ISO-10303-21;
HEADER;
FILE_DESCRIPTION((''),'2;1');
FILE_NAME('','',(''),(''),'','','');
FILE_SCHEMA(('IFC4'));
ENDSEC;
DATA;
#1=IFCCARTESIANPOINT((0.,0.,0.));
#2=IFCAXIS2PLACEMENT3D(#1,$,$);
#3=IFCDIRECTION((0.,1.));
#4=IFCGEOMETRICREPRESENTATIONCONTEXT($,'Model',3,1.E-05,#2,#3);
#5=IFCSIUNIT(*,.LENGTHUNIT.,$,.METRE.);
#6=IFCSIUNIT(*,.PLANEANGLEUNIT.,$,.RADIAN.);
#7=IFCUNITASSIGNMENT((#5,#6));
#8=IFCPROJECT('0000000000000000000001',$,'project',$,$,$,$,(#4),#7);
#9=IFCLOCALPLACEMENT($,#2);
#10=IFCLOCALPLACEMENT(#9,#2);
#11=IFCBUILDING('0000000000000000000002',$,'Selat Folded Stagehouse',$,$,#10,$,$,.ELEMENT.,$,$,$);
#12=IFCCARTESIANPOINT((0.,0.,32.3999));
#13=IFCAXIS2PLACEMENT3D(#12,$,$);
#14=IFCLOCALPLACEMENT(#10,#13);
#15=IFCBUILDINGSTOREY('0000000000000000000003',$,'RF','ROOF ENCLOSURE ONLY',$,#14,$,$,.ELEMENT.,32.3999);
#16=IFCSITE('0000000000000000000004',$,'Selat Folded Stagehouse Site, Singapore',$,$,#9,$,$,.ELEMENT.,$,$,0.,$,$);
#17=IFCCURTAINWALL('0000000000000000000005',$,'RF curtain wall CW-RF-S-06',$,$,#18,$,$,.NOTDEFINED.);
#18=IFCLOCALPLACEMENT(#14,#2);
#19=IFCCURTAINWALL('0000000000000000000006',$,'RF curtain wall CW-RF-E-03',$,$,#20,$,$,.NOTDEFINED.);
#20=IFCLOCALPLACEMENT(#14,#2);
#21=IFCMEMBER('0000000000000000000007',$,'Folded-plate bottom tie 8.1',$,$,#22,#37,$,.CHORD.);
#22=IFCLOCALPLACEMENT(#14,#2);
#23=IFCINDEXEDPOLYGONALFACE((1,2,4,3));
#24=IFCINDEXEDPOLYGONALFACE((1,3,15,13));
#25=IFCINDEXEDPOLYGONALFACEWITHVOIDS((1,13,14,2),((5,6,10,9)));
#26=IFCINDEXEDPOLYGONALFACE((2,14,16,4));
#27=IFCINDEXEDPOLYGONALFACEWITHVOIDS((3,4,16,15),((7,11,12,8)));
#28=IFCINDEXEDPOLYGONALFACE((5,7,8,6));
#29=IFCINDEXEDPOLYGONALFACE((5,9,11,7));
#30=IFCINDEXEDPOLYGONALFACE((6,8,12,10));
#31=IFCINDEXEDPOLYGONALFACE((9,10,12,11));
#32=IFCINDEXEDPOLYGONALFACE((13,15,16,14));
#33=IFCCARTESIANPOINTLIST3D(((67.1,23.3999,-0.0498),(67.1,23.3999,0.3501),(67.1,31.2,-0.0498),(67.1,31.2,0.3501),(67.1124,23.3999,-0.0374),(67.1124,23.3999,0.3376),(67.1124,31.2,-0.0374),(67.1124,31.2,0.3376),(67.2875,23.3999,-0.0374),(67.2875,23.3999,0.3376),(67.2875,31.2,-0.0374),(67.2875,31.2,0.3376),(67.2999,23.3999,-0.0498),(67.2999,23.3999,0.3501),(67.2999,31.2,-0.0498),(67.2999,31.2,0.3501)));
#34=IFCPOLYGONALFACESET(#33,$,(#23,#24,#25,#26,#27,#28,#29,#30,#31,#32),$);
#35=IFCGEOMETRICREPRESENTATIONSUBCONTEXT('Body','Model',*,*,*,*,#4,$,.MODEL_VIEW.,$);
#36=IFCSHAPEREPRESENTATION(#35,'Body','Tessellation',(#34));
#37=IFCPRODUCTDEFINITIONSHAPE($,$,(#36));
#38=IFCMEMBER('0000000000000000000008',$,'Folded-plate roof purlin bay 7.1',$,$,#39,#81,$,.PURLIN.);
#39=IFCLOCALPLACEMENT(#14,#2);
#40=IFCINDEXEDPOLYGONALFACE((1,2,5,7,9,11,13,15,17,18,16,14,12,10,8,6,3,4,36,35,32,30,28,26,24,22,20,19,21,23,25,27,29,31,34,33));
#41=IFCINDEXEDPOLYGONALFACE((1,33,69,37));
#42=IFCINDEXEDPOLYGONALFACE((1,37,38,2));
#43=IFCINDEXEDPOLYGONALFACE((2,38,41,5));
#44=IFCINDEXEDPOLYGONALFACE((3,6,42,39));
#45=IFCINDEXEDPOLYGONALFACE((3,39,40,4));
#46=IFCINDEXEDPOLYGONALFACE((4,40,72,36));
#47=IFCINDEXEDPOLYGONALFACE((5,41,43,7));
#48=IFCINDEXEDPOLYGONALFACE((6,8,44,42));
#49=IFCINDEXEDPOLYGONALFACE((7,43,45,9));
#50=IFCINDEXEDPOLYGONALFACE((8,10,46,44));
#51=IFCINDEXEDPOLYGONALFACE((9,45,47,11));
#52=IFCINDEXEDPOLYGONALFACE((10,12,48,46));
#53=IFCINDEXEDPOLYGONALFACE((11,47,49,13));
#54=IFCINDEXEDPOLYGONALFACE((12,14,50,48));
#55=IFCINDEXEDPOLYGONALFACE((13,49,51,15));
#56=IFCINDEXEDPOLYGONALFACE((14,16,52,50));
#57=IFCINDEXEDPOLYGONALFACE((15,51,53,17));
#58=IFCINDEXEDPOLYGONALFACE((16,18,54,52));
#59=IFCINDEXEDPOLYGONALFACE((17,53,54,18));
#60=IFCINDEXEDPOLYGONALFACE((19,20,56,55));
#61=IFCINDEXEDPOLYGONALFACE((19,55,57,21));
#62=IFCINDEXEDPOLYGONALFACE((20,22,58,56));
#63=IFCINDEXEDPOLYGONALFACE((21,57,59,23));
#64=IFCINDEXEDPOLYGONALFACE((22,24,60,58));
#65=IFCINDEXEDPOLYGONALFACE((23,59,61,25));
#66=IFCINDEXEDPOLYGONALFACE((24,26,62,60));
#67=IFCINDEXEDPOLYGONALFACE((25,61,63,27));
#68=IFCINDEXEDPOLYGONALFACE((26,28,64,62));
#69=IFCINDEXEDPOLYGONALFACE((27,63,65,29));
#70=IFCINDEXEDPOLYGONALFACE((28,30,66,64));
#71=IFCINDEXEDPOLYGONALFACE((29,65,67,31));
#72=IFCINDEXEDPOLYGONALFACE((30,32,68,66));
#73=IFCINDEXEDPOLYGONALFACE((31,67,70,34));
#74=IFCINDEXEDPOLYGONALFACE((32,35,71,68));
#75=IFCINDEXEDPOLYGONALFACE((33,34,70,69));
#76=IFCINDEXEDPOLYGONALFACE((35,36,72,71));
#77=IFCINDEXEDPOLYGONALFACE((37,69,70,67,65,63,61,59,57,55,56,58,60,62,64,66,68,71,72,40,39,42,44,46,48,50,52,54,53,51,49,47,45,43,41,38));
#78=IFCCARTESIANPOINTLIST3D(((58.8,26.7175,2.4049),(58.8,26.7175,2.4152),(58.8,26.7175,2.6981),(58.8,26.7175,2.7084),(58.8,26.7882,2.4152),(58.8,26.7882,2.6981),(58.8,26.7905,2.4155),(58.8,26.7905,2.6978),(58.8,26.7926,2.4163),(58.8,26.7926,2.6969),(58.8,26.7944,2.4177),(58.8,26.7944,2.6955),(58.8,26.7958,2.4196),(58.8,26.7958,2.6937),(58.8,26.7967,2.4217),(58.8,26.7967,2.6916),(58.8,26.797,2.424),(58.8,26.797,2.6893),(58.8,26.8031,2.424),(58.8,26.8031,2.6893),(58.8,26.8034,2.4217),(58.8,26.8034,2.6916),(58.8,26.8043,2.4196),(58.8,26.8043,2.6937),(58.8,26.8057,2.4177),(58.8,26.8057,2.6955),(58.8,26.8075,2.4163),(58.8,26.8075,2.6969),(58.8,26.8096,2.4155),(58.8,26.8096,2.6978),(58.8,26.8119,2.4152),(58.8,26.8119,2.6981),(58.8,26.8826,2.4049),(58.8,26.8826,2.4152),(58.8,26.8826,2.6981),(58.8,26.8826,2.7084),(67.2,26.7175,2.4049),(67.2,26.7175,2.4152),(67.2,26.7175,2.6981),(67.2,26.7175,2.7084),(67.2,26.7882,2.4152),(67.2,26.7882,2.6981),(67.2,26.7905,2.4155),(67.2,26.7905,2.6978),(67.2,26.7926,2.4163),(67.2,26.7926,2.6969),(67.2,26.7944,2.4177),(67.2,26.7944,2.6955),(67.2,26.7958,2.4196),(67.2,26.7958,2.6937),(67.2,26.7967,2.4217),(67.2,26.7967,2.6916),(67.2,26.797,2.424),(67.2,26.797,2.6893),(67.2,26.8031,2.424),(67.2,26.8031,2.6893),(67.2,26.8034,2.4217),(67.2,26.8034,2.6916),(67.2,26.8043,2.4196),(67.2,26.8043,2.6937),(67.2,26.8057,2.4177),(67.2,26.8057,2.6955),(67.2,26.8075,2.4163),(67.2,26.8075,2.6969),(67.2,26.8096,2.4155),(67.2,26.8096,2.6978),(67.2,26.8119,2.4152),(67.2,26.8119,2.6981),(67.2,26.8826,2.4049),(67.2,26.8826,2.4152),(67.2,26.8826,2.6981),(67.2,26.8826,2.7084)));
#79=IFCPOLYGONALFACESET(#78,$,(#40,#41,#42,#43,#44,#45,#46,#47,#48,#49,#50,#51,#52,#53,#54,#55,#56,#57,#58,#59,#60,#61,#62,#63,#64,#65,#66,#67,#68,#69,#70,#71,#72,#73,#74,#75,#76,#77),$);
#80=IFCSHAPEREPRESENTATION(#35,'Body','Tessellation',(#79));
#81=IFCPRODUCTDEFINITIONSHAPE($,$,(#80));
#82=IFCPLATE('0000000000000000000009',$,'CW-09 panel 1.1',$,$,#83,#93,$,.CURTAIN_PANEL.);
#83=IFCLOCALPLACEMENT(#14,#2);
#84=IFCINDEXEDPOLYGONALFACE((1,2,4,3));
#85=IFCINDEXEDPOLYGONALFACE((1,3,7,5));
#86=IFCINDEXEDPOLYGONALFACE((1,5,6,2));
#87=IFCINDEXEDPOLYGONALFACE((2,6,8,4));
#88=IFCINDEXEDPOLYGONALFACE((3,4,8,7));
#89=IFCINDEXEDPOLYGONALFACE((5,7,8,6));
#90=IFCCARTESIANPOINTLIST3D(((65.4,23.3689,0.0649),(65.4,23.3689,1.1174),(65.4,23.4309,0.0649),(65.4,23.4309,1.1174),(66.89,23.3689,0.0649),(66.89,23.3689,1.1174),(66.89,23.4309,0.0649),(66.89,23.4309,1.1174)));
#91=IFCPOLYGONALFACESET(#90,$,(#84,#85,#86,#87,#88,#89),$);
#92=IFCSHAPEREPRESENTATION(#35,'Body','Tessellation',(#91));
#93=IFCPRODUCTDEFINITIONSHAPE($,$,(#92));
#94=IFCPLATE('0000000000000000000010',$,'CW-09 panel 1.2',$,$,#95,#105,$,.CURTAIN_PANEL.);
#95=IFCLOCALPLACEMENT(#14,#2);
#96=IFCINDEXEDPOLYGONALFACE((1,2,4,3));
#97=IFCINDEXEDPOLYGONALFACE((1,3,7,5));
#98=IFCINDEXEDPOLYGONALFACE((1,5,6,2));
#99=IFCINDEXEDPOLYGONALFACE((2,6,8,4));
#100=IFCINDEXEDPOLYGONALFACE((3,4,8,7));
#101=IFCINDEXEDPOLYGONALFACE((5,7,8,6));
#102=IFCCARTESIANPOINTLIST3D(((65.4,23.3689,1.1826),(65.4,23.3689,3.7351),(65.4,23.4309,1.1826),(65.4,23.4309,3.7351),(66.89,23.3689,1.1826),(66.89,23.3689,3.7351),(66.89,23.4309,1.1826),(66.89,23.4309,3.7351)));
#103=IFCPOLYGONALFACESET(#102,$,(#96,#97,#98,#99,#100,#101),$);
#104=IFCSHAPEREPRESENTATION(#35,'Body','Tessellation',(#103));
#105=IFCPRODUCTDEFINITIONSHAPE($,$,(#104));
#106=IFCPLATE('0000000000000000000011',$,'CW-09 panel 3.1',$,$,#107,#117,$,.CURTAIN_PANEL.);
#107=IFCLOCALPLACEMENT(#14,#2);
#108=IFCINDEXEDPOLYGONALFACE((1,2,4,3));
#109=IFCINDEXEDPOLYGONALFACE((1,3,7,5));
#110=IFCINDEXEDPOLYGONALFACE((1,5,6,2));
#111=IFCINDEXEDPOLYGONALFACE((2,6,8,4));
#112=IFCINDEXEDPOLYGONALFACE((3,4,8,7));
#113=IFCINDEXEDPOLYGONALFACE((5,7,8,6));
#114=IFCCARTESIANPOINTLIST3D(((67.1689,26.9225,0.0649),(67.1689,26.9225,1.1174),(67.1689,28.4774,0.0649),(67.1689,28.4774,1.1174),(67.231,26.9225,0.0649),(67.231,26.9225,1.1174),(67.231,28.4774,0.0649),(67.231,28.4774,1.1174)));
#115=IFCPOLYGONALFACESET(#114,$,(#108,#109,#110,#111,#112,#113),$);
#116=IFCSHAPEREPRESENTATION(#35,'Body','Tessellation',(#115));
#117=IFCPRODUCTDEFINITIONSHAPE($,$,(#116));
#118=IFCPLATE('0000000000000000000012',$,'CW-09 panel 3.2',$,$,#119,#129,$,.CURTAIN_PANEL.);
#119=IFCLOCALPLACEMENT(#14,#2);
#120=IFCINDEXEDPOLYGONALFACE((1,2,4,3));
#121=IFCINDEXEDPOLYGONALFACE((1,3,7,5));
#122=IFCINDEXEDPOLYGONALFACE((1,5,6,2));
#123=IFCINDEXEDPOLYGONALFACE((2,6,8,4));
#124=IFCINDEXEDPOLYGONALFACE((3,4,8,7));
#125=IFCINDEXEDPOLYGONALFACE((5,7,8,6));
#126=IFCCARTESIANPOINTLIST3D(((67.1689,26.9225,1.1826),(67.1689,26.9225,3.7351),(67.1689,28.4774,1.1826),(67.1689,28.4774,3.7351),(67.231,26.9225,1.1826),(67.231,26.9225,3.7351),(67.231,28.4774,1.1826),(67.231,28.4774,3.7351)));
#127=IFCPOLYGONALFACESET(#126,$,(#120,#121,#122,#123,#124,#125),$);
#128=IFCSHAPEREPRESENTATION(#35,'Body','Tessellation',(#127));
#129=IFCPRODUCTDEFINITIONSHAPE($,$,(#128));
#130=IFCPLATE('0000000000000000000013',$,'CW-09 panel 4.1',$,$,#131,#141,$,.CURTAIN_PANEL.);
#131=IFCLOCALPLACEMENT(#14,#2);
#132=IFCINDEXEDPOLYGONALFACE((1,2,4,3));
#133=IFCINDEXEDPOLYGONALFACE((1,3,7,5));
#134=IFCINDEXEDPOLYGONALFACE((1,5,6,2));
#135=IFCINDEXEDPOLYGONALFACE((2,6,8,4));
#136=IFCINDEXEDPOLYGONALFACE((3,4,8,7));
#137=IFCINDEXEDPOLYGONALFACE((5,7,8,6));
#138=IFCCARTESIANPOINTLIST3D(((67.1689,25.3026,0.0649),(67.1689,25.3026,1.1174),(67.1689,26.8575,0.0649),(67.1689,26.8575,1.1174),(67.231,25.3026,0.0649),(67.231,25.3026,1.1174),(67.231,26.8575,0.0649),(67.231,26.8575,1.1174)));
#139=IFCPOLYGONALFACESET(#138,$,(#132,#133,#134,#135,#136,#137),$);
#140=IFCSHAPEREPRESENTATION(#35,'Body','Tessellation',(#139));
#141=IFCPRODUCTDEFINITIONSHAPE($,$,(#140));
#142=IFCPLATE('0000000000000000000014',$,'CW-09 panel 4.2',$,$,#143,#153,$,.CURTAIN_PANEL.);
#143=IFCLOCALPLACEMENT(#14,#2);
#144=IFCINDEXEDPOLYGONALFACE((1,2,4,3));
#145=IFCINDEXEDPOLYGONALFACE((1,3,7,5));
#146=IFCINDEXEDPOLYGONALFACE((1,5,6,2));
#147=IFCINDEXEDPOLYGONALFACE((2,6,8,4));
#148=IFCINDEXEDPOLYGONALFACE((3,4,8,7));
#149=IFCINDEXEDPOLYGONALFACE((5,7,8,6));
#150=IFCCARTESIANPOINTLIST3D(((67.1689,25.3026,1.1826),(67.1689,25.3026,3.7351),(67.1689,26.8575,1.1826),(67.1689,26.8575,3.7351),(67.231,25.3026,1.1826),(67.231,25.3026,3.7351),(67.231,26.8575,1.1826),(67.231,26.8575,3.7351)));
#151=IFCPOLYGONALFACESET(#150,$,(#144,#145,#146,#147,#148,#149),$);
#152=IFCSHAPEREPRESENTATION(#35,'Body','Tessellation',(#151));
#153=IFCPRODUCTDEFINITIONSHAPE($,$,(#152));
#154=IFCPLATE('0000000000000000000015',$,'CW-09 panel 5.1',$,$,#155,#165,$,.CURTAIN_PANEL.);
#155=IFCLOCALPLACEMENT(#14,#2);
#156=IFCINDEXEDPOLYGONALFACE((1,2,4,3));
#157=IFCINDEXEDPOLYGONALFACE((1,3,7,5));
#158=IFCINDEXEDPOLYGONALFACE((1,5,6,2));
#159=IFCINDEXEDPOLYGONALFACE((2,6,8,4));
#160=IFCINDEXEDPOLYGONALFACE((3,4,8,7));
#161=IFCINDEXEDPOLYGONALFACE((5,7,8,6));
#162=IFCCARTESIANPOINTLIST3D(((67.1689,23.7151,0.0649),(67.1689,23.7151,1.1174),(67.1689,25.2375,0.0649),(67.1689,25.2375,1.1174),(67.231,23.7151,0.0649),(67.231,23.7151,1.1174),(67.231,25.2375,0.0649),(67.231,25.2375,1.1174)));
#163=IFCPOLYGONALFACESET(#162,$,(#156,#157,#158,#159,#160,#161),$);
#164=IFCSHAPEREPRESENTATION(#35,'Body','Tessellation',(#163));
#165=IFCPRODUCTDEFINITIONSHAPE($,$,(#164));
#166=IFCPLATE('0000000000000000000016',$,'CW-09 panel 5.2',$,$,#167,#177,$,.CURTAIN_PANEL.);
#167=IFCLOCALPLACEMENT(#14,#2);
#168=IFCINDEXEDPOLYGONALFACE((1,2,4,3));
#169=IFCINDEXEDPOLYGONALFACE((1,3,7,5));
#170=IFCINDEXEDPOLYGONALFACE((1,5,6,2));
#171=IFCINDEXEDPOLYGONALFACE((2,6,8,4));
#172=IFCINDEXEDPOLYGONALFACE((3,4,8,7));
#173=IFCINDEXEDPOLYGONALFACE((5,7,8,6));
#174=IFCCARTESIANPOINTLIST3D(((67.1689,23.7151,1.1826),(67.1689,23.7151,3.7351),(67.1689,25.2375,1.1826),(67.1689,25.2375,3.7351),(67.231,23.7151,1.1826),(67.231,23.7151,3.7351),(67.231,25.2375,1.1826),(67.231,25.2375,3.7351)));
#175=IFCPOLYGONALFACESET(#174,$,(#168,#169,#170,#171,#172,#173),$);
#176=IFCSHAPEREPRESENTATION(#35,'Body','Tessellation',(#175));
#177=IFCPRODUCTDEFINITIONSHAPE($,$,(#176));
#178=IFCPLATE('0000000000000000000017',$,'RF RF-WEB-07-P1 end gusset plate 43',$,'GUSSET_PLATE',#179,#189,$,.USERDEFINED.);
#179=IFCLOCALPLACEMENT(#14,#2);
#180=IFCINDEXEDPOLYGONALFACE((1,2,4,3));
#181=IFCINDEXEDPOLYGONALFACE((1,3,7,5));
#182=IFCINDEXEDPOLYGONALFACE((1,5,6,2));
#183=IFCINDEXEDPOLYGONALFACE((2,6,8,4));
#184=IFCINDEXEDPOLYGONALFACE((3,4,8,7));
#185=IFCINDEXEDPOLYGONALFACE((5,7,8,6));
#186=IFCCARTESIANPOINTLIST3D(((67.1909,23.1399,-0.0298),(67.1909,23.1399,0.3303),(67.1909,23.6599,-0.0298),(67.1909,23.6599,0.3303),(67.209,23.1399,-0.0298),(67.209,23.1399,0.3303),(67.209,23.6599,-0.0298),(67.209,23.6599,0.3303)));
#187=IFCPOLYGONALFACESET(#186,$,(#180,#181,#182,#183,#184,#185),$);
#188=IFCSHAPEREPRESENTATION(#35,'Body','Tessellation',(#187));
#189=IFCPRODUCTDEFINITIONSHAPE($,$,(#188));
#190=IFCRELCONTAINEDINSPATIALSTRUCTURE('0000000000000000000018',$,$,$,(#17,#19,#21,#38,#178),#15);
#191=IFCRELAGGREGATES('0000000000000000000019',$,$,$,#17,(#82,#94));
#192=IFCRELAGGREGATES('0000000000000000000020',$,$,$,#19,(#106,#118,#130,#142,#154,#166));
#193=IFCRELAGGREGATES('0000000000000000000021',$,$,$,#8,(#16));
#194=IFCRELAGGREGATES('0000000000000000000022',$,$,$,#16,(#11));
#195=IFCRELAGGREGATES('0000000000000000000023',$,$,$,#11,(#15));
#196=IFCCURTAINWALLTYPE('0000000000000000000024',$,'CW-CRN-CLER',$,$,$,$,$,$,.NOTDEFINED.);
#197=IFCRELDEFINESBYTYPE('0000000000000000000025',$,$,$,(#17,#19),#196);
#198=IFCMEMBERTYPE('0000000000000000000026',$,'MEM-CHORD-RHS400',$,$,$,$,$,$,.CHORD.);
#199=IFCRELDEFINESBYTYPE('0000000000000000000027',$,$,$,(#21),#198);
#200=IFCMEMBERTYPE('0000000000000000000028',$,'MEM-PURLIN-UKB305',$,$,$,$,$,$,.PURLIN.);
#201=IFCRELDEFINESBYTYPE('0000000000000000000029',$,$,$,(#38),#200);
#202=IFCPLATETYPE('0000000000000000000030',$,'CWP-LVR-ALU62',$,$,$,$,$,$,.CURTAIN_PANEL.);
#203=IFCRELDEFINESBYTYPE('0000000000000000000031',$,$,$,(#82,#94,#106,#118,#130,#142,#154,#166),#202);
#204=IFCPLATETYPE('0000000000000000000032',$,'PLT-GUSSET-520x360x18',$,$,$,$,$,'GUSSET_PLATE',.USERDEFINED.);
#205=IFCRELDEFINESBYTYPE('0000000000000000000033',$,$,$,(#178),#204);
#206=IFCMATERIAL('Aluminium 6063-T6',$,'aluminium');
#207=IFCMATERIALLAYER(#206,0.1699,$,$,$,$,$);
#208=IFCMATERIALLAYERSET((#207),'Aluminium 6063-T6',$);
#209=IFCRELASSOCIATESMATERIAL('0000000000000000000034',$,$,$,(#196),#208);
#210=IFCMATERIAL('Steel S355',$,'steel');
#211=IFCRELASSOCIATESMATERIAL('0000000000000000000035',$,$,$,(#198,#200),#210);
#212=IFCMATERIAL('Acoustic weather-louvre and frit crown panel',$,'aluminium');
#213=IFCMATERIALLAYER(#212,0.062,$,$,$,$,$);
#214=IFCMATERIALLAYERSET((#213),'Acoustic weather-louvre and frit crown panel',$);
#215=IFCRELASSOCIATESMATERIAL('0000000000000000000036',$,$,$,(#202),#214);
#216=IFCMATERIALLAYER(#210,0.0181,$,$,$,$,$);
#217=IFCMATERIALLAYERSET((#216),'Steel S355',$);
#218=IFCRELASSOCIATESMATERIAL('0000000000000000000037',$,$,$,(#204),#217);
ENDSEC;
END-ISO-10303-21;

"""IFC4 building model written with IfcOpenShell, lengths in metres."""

from ifc_helpers import new_model, si_unit, direction, frame, origin, origin_2d, place, context, subcontext, project, spatial, rectangle, hollow_rectangle, i_section, extrude, material, layer, layer_set, material_profile, profile_set, type_object, element, aggregate, save


model = new_model("IFC4")

# Units and contexts
model_context = context("Model", 3, precision=1e-05, world=origin(), true_north=direction((0.0, 1.0)))
body_context = subcontext(model_context, "Body", "Model", "MODEL_VIEW")
ifc_project = project(units=[si_unit("LENGTHUNIT", "METRE"), si_unit("PLANEANGLEUNIT", "RADIAN")], contexts=[model_context])

# Site, building, storey
site_placement = place(None, origin())
site = spatial("IfcSite", under=ifc_project, at=site_placement, Name="Selat Folded Stagehouse Site, Singapore", CompositionType="ELEMENT", RefElevation=0.0)
building_placement = place(site_placement, origin())
building = spatial("IfcBuilding", under=site, at=building_placement, Name="Selat Folded Stagehouse", CompositionType="ELEMENT")
storey_placement = place(building_placement, frame((0.0, 0.0, 32.3999)))
storey = spatial("IfcBuildingStorey", under=building, at=storey_placement, Name="RF", Description="ROOF ENCLOSURE ONLY", CompositionType="ELEMENT", Elevation=32.3999)

# Shared definitions
ifc_material_1 = material(Name="Steel S355", Category="steel")

# Curtain walls
ifc_material_2 = material(Name="Aluminium 6063-T6", Category="aluminium")
ifc_layer_1 = layer(ifc_material_2, 0.1699)
ifc_layer_set_1 = layer_set([ifc_layer_1], Name="Aluminium 6063-T6")
curtain_wall_type = type_object("IfcCurtainWallType", Name="CW-CRN-CLER", PredefinedType="NOTDEFINED", material=ifc_layer_set_1)
curtain_wall_1_placement = place(storey_placement, origin())
curtain_wall_1 = element("IfcCurtainWall", 1, at=curtain_wall_1_placement, inside=storey, type_object=curtain_wall_type, Name="RF curtain wall CW-RF-S-06", PredefinedType="NOTDEFINED")
curtain_wall_2_placement = place(storey_placement, origin())
curtain_wall_2 = element("IfcCurtainWall", 2, at=curtain_wall_2_placement, inside=storey, type_object=curtain_wall_type, Name="RF curtain wall CW-RF-E-03", PredefinedType="NOTDEFINED")

# Members
ifc_material_profile_1 = material_profile(ifc_material_1, hollow_rectangle(XDim=0.2, YDim=0.3999, WallThickness=0.0125, at=origin_2d()), Name="RHS 400x200x12.5")
ifc_profile_set_1 = profile_set([ifc_material_profile_1], Name="Steel S355")
member_type_1 = type_object("IfcMemberType", Name="MEM-CHORD-RHS400", PredefinedType="CHORD", material=ifc_profile_set_1)
member_1_placement = place(storey_placement, frame((67.2, 23.3999, 0.1501), z_axis=(0.0, 1.0, 0.0), x_axis=(-1.0, 0.0, 0.0)))
element("IfcMember", 3, at=member_1_placement, inside=storey, type_object=member_type_1, Name="Folded-plate bottom tie 8.1", PredefinedType="CHORD", context=body_context, shape_type="SweptSolid", body=[
    extrude(hollow_rectangle(XDim=0.2, YDim=0.3999, WallThickness=0.0125, at=origin_2d()), origin(), (0.0, 0.0, 1.0), 7.8),
])
ifc_material_profile_2 = material_profile(ifc_material_1, i_section(OverallWidth=0.165, OverallDepth=0.3035, WebThickness=0.0061, FlangeThickness=0.0103, FilletRadius=0.0088, at=origin_2d()), Name="UKB 305x165x40")
ifc_profile_set_2 = profile_set([ifc_material_profile_2], Name="Steel S355")
member_type_2 = type_object("IfcMemberType", Name="MEM-PURLIN-UKB305", PredefinedType="PURLIN", material=ifc_profile_set_2)
member_2_placement = place(storey_placement, frame((58.8, 26.8, 2.5566), z_axis=(1.0, 0.0, 0.0), x_axis=(0.0, 1.0, 0.0)))
element("IfcMember", 4, at=member_2_placement, inside=storey, type_object=member_type_2, Name="Folded-plate roof purlin bay 7.1", PredefinedType="PURLIN", context=body_context, shape_type="SweptSolid", body=[
    extrude(i_section(OverallWidth=0.165, OverallDepth=0.3035, WebThickness=0.0061, FlangeThickness=0.0103, FilletRadius=0.0088, at=origin_2d()), origin(), (0.0, 0.0, 1.0), 8.3999),
])

# Plates
ifc_material_3 = material(Name="Acoustic weather-louvre and frit crown panel", Category="aluminium")
ifc_layer_2 = layer(ifc_material_3, 0.062)
ifc_layer_set_2 = layer_set([ifc_layer_2], Name="Acoustic weather-louvre and frit crown panel")
plate_type_1 = type_object("IfcPlateType", Name="CWP-LVR-ALU62", PredefinedType="CURTAIN_PANEL", material=ifc_layer_set_2)
plate_1_placement = place(storey_placement, frame((66.145, 23.3999, 0.0649), z_axis=(0.0, 0.0, 1.0), x_axis=(-1.0, 0.0, 0.0)))
plate_1 = element("IfcPlate", 5, at=plate_1_placement, type_object=plate_type_1, Name="CW-09 panel 1.1", PredefinedType="CURTAIN_PANEL", context=body_context, shape_type="SweptSolid", body=[
    extrude(rectangle(XDim=1.49, YDim=0.062, at=origin_2d()), origin(), (0.0, 0.0, 1.0), 1.0525),
])
plate_2_placement = place(storey_placement, frame((66.145, 23.3999, 1.1826), z_axis=(0.0, 0.0, 1.0), x_axis=(-1.0, 0.0, 0.0)))
plate_2 = element("IfcPlate", 6, at=plate_2_placement, type_object=plate_type_1, Name="CW-09 panel 1.2", PredefinedType="CURTAIN_PANEL", context=body_context, shape_type="SweptSolid", body=[
    extrude(rectangle(XDim=1.49, YDim=0.062, at=origin_2d()), origin(), (0.0, 0.0, 1.0), 2.5525),
])
aggregate(curtain_wall_1, [plate_1, plate_2])
plate_3_placement = place(storey_placement, frame((67.2, 27.7, 0.0649), z_axis=(0.0, 0.0, 1.0), x_axis=(0.0, -1.0, 0.0)))
plate_3 = element("IfcPlate", 7, at=plate_3_placement, type_object=plate_type_1, Name="CW-09 panel 3.1", PredefinedType="CURTAIN_PANEL", context=body_context, shape_type="SweptSolid", body=[
    extrude(rectangle(XDim=1.5549, YDim=0.062, at=origin_2d()), origin(), (0.0, 0.0, 1.0), 1.0525),
])
plate_4_placement = place(storey_placement, frame((67.2, 27.7, 1.1826), z_axis=(0.0, 0.0, 1.0), x_axis=(0.0, -1.0, 0.0)))
plate_4 = element("IfcPlate", 8, at=plate_4_placement, type_object=plate_type_1, Name="CW-09 panel 3.2", PredefinedType="CURTAIN_PANEL", context=body_context, shape_type="SweptSolid", body=[
    extrude(rectangle(XDim=1.5549, YDim=0.062, at=origin_2d()), origin(), (0.0, 0.0, 1.0), 2.5525),
])
plate_5_placement = place(storey_placement, frame((67.2, 26.0801, 0.0649), z_axis=(0.0, 0.0, 1.0), x_axis=(0.0, -1.0, 0.0)))
plate_5 = element("IfcPlate", 9, at=plate_5_placement, type_object=plate_type_1, Name="CW-09 panel 4.1", PredefinedType="CURTAIN_PANEL", context=body_context, shape_type="SweptSolid", body=[
    extrude(rectangle(XDim=1.5549, YDim=0.062, at=origin_2d()), origin(), (0.0, 0.0, 1.0), 1.0525),
])
plate_6_placement = place(storey_placement, frame((67.2, 26.0801, 1.1826), z_axis=(0.0, 0.0, 1.0), x_axis=(0.0, -1.0, 0.0)))
plate_6 = element("IfcPlate", 10, at=plate_6_placement, type_object=plate_type_1, Name="CW-09 panel 4.2", PredefinedType="CURTAIN_PANEL", context=body_context, shape_type="SweptSolid", body=[
    extrude(rectangle(XDim=1.5549, YDim=0.062, at=origin_2d()), origin(), (0.0, 0.0, 1.0), 2.5525),
])
plate_7_placement = place(storey_placement, frame((67.2, 24.4763, 0.0649), z_axis=(0.0, 0.0, 1.0), x_axis=(0.0, -1.0, 0.0)))
plate_7 = element("IfcPlate", 11, at=plate_7_placement, type_object=plate_type_1, Name="CW-09 panel 5.1", PredefinedType="CURTAIN_PANEL", context=body_context, shape_type="SweptSolid", body=[
    extrude(rectangle(XDim=1.5225, YDim=0.062, at=origin_2d()), origin(), (0.0, 0.0, 1.0), 1.0525),
])
plate_8_placement = place(storey_placement, frame((67.2, 24.4763, 1.1826), z_axis=(0.0, 0.0, 1.0), x_axis=(0.0, -1.0, 0.0)))
plate_8 = element("IfcPlate", 12, at=plate_8_placement, type_object=plate_type_1, Name="CW-09 panel 5.2", PredefinedType="CURTAIN_PANEL", context=body_context, shape_type="SweptSolid", body=[
    extrude(rectangle(XDim=1.5225, YDim=0.062, at=origin_2d()), origin(), (0.0, 0.0, 1.0), 2.5525),
])
aggregate(curtain_wall_2, [plate_3, plate_4, plate_5, plate_6, plate_7, plate_8])
ifc_layer_3 = layer(ifc_material_1, 0.0181)
ifc_layer_set_3 = layer_set([ifc_layer_3], Name="Steel S355")
plate_type_2 = type_object("IfcPlateType", Name="PLT-GUSSET-520x360x18", ElementType="GUSSET_PLATE", PredefinedType="USERDEFINED", material=ifc_layer_set_3)
plate_9_placement = place(storey_placement, frame((67.2, 23.3999, -0.0298), z_axis=(0.0, 0.0, 1.0), x_axis=(0.0, 1.0, 0.0)))
element("IfcPlate", 13, at=plate_9_placement, inside=storey, type_object=plate_type_2, Name="RF RF-WEB-07-P1 end gusset plate 43", ObjectType="GUSSET_PLATE", PredefinedType="USERDEFINED", context=body_context, shape_type="SweptSolid", body=[
    extrude(rectangle(XDim=0.52, YDim=0.0181, at=origin_2d()), origin(), (0.0, 0.0, 1.0), 0.3601),
])

save(model, "model.ifc")
